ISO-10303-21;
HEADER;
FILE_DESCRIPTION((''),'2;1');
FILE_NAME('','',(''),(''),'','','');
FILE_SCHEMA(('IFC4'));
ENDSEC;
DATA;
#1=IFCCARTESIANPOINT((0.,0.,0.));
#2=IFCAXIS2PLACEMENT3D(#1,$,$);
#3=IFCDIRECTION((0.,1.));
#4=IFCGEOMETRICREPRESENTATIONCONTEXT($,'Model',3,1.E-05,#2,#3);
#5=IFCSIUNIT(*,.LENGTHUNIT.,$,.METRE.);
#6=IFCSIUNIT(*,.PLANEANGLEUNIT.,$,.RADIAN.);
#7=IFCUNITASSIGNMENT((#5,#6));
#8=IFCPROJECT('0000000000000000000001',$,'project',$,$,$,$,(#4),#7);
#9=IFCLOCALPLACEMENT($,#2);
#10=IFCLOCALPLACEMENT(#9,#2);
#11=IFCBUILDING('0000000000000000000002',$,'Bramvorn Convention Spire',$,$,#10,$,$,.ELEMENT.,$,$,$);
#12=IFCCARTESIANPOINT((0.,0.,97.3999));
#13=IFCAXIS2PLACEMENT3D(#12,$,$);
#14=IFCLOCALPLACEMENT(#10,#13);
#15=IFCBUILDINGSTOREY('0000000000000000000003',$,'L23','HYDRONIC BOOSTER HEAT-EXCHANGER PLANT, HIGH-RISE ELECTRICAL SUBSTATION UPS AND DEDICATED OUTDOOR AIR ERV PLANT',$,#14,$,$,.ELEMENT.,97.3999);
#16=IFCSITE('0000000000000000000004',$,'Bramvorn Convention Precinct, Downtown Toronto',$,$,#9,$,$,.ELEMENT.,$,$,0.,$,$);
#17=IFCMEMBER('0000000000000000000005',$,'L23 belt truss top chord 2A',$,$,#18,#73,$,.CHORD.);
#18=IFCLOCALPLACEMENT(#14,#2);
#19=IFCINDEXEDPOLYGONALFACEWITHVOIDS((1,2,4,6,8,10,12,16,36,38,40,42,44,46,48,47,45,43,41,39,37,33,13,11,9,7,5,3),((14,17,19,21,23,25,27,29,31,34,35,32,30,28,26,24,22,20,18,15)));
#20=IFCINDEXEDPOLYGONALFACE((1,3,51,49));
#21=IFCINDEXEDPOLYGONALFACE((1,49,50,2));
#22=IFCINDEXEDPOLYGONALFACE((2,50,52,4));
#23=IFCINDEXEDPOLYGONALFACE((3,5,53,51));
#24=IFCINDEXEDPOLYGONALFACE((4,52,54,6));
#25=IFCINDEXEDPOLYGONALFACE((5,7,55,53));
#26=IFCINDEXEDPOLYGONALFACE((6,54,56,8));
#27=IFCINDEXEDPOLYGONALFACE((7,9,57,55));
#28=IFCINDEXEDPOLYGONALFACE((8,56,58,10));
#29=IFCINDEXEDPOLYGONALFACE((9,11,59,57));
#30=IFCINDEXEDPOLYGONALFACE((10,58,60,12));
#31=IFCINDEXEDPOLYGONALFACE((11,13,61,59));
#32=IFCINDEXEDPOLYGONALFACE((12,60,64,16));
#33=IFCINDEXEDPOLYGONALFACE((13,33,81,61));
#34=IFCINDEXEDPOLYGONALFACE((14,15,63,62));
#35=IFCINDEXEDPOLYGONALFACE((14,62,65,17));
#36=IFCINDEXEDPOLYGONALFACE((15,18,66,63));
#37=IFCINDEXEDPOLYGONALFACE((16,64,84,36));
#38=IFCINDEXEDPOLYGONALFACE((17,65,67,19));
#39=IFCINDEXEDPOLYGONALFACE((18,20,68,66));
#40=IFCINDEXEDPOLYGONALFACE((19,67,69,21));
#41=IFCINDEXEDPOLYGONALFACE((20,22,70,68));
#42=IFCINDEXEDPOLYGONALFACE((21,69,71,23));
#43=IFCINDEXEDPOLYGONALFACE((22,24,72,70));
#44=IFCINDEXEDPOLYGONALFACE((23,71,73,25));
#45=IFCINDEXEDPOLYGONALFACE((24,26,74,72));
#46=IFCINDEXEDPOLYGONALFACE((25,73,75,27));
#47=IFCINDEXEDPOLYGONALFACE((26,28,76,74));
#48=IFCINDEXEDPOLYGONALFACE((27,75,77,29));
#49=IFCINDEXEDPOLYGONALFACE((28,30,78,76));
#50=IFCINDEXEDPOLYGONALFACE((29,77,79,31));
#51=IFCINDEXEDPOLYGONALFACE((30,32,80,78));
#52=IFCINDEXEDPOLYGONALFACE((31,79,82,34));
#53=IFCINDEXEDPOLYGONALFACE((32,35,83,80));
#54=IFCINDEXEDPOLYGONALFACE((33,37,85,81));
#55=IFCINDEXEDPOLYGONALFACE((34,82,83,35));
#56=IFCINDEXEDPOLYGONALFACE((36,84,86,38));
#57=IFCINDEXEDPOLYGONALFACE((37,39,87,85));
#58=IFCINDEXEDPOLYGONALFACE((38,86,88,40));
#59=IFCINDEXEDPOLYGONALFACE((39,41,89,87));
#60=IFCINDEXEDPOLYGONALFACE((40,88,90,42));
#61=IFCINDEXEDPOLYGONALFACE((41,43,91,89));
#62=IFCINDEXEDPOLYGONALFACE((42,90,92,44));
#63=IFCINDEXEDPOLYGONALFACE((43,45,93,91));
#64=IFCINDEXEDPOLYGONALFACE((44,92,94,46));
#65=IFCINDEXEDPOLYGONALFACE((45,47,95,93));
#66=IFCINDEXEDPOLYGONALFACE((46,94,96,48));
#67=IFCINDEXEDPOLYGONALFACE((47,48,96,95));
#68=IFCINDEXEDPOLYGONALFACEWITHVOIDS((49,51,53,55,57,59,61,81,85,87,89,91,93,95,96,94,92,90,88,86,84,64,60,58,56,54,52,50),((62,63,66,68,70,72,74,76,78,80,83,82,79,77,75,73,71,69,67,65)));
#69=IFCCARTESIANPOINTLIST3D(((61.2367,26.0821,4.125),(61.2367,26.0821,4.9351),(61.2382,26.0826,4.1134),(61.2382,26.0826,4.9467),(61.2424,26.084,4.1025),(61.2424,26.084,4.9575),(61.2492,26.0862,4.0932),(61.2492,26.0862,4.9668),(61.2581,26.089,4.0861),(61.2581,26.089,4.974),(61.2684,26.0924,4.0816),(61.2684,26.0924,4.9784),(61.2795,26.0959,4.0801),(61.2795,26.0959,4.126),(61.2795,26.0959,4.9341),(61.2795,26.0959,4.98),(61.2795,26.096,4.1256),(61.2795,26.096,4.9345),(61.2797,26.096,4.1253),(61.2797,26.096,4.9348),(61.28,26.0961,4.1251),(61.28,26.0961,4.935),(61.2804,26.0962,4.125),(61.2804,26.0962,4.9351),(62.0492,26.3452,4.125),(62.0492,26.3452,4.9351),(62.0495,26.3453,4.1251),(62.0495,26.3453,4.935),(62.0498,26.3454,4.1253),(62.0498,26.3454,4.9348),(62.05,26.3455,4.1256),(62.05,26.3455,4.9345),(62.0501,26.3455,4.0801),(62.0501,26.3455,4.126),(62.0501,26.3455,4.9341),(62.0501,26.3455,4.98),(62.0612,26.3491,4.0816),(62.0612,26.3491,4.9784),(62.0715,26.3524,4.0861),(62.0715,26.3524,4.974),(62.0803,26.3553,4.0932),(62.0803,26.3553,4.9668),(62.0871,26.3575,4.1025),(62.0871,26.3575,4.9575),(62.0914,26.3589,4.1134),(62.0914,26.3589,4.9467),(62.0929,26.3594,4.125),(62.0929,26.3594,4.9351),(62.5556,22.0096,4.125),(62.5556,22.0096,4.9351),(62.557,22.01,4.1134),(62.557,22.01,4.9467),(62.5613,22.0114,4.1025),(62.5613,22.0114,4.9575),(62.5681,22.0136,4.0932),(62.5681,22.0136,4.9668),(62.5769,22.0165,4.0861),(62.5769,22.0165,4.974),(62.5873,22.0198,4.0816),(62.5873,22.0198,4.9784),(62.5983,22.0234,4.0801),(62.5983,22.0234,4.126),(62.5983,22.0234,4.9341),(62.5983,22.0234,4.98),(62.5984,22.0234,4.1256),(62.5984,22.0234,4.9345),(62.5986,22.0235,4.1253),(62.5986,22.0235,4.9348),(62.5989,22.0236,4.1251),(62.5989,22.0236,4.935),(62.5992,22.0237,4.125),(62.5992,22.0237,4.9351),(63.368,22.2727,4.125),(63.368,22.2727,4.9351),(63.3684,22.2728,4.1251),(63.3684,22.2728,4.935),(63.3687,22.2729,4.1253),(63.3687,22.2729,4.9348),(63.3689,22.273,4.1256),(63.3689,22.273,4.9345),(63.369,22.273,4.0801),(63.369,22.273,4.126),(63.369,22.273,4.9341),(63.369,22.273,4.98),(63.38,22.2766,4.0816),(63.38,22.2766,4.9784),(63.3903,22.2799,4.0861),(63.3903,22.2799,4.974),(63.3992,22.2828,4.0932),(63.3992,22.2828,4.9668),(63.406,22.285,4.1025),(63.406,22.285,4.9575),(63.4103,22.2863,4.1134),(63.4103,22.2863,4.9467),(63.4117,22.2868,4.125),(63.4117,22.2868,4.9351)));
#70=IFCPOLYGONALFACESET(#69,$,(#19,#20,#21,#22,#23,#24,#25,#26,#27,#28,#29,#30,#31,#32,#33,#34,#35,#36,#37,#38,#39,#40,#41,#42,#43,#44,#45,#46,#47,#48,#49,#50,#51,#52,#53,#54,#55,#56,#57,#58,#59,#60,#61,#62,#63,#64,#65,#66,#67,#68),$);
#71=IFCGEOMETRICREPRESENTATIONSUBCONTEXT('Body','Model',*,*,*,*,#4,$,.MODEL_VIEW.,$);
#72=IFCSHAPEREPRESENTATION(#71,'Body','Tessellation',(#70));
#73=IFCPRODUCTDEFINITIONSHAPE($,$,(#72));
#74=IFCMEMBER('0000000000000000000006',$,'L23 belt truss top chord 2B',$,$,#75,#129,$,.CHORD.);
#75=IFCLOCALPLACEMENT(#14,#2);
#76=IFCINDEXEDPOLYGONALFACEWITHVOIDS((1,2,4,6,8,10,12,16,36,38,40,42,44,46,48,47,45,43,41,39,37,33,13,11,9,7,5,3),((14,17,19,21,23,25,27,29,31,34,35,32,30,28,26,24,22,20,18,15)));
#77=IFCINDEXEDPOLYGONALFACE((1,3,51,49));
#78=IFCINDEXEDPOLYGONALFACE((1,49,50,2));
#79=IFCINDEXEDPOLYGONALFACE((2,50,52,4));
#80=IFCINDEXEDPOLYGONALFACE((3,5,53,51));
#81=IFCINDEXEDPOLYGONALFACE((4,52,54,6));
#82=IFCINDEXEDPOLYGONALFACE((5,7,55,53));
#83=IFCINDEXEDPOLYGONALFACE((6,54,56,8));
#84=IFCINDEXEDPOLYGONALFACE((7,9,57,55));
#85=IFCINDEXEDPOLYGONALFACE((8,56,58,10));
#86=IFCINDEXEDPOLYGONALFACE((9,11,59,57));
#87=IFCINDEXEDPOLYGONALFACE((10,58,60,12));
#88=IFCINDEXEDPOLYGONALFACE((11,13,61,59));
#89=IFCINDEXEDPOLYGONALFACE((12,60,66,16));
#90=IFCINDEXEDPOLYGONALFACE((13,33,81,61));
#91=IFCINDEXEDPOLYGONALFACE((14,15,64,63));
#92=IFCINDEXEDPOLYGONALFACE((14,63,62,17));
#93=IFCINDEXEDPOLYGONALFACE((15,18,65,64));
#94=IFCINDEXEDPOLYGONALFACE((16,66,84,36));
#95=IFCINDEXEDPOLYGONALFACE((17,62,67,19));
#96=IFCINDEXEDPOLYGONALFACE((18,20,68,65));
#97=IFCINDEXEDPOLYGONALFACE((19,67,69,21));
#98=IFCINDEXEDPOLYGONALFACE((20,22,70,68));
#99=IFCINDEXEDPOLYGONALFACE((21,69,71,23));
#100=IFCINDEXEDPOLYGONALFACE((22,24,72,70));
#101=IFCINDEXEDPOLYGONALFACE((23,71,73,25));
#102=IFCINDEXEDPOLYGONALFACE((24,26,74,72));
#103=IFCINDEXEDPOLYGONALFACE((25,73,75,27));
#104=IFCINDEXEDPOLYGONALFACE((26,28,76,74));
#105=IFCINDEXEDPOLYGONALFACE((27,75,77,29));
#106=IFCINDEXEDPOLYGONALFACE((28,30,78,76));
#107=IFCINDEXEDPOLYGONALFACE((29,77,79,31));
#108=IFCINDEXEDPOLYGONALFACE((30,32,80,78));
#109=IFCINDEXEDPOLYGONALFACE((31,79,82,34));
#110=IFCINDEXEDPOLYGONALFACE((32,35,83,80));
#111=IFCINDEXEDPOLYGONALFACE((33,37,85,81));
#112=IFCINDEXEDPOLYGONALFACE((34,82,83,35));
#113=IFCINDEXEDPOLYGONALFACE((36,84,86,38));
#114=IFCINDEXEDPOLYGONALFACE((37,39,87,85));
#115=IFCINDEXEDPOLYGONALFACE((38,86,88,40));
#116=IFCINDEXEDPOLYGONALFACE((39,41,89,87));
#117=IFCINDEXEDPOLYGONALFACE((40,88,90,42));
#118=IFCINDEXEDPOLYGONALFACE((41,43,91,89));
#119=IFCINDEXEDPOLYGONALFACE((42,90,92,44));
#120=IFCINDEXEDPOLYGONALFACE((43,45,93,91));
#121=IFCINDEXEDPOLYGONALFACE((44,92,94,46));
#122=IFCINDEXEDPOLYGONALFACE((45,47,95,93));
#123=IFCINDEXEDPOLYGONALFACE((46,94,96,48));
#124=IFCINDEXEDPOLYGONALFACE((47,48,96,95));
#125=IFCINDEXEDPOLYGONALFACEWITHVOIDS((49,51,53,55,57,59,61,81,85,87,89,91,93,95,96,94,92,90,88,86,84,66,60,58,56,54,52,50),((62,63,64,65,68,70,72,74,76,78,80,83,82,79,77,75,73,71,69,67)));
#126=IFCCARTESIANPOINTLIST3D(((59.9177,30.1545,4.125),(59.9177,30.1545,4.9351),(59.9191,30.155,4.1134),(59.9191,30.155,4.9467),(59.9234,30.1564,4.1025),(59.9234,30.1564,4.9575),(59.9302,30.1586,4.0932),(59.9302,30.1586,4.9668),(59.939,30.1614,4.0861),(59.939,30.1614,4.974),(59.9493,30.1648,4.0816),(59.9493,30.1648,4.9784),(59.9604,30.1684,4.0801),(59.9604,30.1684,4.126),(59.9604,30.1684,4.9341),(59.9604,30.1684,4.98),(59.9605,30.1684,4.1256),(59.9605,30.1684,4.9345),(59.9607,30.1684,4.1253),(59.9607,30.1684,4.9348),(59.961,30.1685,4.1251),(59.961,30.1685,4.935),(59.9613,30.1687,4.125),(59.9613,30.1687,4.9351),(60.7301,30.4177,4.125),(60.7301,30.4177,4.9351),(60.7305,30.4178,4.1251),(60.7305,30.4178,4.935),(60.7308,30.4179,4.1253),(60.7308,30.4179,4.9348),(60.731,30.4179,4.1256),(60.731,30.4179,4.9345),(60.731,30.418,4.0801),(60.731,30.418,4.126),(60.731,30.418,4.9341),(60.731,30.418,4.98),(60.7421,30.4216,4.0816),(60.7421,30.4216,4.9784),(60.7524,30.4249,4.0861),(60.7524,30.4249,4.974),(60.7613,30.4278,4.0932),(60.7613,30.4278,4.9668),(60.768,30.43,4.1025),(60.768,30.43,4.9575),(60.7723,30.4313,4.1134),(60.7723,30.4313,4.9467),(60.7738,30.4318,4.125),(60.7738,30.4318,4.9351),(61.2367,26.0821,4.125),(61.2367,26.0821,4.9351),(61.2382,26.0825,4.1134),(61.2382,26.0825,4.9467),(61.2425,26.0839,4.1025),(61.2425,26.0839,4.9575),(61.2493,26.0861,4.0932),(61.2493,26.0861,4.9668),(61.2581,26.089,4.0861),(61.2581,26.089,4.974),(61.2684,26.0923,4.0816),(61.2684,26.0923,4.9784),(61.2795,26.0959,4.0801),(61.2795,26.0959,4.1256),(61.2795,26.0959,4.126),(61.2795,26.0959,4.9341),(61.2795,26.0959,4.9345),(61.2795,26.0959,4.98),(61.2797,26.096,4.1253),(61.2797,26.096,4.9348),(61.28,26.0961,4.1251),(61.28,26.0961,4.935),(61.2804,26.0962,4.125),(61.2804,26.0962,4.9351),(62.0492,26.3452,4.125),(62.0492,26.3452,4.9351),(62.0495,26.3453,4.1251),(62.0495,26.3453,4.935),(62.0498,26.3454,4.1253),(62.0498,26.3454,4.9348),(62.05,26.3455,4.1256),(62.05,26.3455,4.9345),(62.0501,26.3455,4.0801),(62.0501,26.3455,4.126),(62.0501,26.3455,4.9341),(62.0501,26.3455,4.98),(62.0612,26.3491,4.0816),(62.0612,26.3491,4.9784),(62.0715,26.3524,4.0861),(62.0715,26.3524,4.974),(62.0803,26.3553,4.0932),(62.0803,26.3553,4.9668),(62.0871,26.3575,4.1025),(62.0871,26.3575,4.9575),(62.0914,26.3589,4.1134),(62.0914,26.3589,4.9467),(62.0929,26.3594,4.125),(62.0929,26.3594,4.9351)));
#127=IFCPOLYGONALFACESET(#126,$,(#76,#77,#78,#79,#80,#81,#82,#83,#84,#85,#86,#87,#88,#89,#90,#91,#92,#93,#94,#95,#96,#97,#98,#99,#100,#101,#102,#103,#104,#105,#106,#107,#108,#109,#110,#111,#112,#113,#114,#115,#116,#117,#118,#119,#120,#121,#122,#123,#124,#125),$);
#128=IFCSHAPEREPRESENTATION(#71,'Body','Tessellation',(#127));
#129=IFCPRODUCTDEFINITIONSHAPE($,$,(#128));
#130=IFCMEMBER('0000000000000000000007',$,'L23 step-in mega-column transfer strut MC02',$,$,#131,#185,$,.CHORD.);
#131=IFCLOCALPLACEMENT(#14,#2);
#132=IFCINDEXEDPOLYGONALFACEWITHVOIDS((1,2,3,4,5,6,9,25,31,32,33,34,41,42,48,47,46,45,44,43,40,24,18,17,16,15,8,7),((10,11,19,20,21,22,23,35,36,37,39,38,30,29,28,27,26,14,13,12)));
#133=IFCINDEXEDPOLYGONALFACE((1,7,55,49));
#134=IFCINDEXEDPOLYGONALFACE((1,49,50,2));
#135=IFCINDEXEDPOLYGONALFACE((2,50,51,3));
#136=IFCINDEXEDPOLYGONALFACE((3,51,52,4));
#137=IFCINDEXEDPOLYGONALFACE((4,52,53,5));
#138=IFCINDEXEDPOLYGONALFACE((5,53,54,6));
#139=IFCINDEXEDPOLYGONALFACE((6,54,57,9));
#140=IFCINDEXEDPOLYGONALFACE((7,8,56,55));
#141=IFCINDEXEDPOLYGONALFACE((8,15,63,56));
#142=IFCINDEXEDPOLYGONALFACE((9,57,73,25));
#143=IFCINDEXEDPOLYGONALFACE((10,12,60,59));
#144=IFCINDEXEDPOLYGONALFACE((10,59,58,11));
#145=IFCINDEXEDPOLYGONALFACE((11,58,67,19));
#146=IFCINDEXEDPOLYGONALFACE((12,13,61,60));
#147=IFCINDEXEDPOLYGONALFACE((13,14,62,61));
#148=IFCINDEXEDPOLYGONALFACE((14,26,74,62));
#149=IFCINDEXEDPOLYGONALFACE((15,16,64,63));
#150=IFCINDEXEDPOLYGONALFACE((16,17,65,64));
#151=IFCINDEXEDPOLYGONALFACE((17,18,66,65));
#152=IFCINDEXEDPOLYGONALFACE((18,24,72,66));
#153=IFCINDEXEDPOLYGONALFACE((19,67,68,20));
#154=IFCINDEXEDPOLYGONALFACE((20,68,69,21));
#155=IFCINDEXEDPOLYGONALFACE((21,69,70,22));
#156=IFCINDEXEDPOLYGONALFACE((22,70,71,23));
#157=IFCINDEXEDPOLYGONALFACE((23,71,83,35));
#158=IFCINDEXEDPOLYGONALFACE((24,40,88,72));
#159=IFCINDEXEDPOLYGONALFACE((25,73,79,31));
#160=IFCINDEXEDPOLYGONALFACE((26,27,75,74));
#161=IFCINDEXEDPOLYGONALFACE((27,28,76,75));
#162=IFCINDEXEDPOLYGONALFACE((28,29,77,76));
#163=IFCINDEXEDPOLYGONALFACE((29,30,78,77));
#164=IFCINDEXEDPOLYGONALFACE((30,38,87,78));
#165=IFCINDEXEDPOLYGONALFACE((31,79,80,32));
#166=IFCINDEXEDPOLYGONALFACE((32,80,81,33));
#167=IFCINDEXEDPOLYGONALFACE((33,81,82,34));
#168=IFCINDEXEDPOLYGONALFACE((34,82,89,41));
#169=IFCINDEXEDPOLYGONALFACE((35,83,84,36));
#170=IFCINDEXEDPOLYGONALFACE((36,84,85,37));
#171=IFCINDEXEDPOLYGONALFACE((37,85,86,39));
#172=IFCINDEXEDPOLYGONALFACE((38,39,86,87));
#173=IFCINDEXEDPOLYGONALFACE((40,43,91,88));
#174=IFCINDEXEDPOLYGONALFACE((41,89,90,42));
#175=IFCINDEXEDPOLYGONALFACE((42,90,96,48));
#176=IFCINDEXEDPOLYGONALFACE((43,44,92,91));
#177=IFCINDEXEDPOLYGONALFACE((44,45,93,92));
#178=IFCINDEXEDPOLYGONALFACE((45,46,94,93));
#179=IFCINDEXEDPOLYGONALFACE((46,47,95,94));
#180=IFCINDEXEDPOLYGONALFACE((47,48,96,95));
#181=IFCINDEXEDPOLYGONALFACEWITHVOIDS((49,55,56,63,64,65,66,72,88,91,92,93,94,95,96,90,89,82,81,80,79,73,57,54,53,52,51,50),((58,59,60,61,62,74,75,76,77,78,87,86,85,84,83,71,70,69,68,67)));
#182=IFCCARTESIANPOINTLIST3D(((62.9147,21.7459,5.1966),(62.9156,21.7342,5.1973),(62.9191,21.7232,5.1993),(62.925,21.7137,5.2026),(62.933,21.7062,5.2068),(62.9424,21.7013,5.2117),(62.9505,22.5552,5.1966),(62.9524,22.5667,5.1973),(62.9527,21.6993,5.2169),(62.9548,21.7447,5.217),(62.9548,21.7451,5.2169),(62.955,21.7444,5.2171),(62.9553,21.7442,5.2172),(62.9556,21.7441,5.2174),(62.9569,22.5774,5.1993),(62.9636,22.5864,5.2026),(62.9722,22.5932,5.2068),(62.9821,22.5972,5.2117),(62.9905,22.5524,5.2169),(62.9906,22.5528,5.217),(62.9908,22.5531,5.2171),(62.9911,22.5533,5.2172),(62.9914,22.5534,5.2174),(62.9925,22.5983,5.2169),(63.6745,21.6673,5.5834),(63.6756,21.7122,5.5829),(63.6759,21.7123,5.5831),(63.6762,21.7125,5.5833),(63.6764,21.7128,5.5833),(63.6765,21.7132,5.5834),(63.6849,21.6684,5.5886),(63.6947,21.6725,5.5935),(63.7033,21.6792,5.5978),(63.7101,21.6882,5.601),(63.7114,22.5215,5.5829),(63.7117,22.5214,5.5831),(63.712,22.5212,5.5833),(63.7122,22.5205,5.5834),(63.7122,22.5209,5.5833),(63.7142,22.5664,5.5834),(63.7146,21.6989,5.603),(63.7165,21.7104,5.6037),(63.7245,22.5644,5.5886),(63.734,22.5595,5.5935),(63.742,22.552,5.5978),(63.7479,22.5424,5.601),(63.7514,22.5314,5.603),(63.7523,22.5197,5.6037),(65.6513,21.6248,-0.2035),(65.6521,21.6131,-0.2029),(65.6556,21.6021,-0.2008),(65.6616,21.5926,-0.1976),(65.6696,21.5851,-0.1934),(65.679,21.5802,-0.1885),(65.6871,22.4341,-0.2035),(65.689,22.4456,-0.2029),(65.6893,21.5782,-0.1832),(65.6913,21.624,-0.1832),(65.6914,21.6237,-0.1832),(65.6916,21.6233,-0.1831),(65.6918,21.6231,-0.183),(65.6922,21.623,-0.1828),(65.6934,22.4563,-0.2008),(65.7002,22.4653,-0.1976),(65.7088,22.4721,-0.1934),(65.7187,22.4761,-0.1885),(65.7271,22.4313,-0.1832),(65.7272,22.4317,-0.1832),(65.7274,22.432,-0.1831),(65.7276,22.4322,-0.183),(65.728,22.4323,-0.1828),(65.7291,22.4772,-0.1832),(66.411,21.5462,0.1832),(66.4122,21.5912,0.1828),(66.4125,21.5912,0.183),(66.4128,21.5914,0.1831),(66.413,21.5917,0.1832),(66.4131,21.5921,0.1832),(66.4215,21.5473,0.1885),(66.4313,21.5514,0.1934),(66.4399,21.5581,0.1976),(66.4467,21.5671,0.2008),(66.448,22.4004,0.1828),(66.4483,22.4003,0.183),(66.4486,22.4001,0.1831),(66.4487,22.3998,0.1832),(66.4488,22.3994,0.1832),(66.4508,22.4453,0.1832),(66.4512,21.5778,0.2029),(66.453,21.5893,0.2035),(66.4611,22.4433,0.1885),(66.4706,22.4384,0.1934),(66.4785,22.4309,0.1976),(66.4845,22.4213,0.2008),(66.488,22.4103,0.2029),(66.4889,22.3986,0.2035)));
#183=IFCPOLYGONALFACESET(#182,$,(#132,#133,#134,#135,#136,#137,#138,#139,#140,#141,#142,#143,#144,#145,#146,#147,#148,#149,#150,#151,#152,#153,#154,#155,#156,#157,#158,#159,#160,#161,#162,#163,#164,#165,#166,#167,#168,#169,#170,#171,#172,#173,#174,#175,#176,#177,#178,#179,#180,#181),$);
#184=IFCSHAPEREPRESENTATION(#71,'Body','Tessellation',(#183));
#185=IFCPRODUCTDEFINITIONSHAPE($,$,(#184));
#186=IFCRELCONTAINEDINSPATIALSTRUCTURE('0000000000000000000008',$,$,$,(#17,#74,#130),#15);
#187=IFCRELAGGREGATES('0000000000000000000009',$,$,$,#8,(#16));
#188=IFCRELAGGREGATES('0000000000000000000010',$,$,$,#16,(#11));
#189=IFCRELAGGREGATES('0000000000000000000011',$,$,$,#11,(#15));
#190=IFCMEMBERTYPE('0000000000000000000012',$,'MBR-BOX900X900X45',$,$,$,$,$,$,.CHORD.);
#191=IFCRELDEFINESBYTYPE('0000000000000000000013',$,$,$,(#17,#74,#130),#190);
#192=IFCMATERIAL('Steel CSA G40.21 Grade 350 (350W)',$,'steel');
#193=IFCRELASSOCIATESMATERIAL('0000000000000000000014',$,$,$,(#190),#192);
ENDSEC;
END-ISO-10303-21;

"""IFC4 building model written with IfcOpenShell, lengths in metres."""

from ifc_helpers import new_model, si_unit, direction, frame, origin, origin_2d, place, context, subcontext, project, spatial, hollow_rectangle, extrude, material, material_profile, profile_set, type_object, element, save


model = new_model("IFC4")

# Units and contexts
model_context = context("Model", 3, precision=1e-05, world=origin(), true_north=direction((0.0, 1.0)))
body_context = subcontext(model_context, "Body", "Model", "MODEL_VIEW")
ifc_project = project(units=[si_unit("LENGTHUNIT", "METRE"), si_unit("PLANEANGLEUNIT", "RADIAN")], contexts=[model_context])

# Site, building, storey
site_placement = place(None, origin())
site = spatial("IfcSite", under=ifc_project, at=site_placement, Name="Bramvorn Convention Precinct, Downtown Toronto", CompositionType="ELEMENT", RefElevation=0.0)
building_placement = place(site_placement, origin())
building = spatial("IfcBuilding", under=site, at=building_placement, Name="Bramvorn Convention Spire", CompositionType="ELEMENT")
storey_placement = place(building_placement, frame((0.0, 0.0, 97.3999)))
storey = spatial("IfcBuildingStorey", under=building, at=storey_placement, Name="L23", Description="HYDRONIC BOOSTER HEAT-EXCHANGER PLANT, HIGH-RISE ELECTRICAL SUBSTATION UPS AND DEDICATED OUTDOOR AIR ERV PLANT", CompositionType="ELEMENT", Elevation=97.3999)

# Shared definitions
ifc_material_1 = material(Name="Steel CSA G40.21 Grade 350 (350W)", Category="steel")

# Members
ifc_material_profile_1 = material_profile(ifc_material_1, hollow_rectangle(XDim=0.8999, YDim=0.8999, WallThickness=0.0449, InnerFilletRadius=0.001, OuterFilletRadius=0.0449, at=origin_2d()))
ifc_profile_set_1 = profile_set([ifc_material_profile_1], Name="Steel CSA G40.21 Grade 350 (350W) - BOX900X900X45")
member_type_1 = type_object("IfcMemberType", Name="MBR-BOX900X900X45", PredefinedType="CHORD", material=ifc_profile_set_1)
for number, where, z_axis, x_axis, name in (
    (1, (62.9836, 22.1482, 4.53), (-0.308089, 0.951358, 0.0), (-0.951358, -0.308089, 0.0), "L23 belt truss top chord 2A"),
    (2, (61.6648, 26.2207, 4.53), (-0.308141, 0.951341, 0.0), (-0.951341, -0.308141, 0.0), "L23 belt truss top chord 2B"),
):
    element("IfcMember", number, at=place(storey_placement, frame(where, z_axis=z_axis, x_axis=x_axis)), inside=storey, type_object=member_type_1, Name=name, PredefinedType="CHORD", context=body_context, shape_type="SweptSolid", body=[
        extrude(hollow_rectangle(XDim=0.8999, YDim=0.8999, WallThickness=0.0449, InnerFilletRadius=0.001, OuterFilletRadius=0.0449, at=origin_2d()), origin(), (0.0, 0.0, 1.0), 4.2808),
    ])
member_1_placement = place(storey_placement, frame((66.0701, 22.0117, 0.0), z_axis=(-0.45194, 0.019998, 0.891824), x_axis=(-0.044207, -0.999022, 0.0)))
element("IfcMember", 3, at=member_1_placement, inside=storey, type_object=member_type_1, Name="L23 step-in mega-column transfer strut MC02", PredefinedType="CHORD", context=body_context, shape_type="SweptSolid", body=[
    extrude(hollow_rectangle(XDim=0.8999, YDim=0.8999, WallThickness=0.0449, InnerFilletRadius=0.001, OuterFilletRadius=0.0449, at=origin_2d()), origin(), (0.0, 0.0, 1.0), 6.0552),
])

save(model, "model.ifc")
